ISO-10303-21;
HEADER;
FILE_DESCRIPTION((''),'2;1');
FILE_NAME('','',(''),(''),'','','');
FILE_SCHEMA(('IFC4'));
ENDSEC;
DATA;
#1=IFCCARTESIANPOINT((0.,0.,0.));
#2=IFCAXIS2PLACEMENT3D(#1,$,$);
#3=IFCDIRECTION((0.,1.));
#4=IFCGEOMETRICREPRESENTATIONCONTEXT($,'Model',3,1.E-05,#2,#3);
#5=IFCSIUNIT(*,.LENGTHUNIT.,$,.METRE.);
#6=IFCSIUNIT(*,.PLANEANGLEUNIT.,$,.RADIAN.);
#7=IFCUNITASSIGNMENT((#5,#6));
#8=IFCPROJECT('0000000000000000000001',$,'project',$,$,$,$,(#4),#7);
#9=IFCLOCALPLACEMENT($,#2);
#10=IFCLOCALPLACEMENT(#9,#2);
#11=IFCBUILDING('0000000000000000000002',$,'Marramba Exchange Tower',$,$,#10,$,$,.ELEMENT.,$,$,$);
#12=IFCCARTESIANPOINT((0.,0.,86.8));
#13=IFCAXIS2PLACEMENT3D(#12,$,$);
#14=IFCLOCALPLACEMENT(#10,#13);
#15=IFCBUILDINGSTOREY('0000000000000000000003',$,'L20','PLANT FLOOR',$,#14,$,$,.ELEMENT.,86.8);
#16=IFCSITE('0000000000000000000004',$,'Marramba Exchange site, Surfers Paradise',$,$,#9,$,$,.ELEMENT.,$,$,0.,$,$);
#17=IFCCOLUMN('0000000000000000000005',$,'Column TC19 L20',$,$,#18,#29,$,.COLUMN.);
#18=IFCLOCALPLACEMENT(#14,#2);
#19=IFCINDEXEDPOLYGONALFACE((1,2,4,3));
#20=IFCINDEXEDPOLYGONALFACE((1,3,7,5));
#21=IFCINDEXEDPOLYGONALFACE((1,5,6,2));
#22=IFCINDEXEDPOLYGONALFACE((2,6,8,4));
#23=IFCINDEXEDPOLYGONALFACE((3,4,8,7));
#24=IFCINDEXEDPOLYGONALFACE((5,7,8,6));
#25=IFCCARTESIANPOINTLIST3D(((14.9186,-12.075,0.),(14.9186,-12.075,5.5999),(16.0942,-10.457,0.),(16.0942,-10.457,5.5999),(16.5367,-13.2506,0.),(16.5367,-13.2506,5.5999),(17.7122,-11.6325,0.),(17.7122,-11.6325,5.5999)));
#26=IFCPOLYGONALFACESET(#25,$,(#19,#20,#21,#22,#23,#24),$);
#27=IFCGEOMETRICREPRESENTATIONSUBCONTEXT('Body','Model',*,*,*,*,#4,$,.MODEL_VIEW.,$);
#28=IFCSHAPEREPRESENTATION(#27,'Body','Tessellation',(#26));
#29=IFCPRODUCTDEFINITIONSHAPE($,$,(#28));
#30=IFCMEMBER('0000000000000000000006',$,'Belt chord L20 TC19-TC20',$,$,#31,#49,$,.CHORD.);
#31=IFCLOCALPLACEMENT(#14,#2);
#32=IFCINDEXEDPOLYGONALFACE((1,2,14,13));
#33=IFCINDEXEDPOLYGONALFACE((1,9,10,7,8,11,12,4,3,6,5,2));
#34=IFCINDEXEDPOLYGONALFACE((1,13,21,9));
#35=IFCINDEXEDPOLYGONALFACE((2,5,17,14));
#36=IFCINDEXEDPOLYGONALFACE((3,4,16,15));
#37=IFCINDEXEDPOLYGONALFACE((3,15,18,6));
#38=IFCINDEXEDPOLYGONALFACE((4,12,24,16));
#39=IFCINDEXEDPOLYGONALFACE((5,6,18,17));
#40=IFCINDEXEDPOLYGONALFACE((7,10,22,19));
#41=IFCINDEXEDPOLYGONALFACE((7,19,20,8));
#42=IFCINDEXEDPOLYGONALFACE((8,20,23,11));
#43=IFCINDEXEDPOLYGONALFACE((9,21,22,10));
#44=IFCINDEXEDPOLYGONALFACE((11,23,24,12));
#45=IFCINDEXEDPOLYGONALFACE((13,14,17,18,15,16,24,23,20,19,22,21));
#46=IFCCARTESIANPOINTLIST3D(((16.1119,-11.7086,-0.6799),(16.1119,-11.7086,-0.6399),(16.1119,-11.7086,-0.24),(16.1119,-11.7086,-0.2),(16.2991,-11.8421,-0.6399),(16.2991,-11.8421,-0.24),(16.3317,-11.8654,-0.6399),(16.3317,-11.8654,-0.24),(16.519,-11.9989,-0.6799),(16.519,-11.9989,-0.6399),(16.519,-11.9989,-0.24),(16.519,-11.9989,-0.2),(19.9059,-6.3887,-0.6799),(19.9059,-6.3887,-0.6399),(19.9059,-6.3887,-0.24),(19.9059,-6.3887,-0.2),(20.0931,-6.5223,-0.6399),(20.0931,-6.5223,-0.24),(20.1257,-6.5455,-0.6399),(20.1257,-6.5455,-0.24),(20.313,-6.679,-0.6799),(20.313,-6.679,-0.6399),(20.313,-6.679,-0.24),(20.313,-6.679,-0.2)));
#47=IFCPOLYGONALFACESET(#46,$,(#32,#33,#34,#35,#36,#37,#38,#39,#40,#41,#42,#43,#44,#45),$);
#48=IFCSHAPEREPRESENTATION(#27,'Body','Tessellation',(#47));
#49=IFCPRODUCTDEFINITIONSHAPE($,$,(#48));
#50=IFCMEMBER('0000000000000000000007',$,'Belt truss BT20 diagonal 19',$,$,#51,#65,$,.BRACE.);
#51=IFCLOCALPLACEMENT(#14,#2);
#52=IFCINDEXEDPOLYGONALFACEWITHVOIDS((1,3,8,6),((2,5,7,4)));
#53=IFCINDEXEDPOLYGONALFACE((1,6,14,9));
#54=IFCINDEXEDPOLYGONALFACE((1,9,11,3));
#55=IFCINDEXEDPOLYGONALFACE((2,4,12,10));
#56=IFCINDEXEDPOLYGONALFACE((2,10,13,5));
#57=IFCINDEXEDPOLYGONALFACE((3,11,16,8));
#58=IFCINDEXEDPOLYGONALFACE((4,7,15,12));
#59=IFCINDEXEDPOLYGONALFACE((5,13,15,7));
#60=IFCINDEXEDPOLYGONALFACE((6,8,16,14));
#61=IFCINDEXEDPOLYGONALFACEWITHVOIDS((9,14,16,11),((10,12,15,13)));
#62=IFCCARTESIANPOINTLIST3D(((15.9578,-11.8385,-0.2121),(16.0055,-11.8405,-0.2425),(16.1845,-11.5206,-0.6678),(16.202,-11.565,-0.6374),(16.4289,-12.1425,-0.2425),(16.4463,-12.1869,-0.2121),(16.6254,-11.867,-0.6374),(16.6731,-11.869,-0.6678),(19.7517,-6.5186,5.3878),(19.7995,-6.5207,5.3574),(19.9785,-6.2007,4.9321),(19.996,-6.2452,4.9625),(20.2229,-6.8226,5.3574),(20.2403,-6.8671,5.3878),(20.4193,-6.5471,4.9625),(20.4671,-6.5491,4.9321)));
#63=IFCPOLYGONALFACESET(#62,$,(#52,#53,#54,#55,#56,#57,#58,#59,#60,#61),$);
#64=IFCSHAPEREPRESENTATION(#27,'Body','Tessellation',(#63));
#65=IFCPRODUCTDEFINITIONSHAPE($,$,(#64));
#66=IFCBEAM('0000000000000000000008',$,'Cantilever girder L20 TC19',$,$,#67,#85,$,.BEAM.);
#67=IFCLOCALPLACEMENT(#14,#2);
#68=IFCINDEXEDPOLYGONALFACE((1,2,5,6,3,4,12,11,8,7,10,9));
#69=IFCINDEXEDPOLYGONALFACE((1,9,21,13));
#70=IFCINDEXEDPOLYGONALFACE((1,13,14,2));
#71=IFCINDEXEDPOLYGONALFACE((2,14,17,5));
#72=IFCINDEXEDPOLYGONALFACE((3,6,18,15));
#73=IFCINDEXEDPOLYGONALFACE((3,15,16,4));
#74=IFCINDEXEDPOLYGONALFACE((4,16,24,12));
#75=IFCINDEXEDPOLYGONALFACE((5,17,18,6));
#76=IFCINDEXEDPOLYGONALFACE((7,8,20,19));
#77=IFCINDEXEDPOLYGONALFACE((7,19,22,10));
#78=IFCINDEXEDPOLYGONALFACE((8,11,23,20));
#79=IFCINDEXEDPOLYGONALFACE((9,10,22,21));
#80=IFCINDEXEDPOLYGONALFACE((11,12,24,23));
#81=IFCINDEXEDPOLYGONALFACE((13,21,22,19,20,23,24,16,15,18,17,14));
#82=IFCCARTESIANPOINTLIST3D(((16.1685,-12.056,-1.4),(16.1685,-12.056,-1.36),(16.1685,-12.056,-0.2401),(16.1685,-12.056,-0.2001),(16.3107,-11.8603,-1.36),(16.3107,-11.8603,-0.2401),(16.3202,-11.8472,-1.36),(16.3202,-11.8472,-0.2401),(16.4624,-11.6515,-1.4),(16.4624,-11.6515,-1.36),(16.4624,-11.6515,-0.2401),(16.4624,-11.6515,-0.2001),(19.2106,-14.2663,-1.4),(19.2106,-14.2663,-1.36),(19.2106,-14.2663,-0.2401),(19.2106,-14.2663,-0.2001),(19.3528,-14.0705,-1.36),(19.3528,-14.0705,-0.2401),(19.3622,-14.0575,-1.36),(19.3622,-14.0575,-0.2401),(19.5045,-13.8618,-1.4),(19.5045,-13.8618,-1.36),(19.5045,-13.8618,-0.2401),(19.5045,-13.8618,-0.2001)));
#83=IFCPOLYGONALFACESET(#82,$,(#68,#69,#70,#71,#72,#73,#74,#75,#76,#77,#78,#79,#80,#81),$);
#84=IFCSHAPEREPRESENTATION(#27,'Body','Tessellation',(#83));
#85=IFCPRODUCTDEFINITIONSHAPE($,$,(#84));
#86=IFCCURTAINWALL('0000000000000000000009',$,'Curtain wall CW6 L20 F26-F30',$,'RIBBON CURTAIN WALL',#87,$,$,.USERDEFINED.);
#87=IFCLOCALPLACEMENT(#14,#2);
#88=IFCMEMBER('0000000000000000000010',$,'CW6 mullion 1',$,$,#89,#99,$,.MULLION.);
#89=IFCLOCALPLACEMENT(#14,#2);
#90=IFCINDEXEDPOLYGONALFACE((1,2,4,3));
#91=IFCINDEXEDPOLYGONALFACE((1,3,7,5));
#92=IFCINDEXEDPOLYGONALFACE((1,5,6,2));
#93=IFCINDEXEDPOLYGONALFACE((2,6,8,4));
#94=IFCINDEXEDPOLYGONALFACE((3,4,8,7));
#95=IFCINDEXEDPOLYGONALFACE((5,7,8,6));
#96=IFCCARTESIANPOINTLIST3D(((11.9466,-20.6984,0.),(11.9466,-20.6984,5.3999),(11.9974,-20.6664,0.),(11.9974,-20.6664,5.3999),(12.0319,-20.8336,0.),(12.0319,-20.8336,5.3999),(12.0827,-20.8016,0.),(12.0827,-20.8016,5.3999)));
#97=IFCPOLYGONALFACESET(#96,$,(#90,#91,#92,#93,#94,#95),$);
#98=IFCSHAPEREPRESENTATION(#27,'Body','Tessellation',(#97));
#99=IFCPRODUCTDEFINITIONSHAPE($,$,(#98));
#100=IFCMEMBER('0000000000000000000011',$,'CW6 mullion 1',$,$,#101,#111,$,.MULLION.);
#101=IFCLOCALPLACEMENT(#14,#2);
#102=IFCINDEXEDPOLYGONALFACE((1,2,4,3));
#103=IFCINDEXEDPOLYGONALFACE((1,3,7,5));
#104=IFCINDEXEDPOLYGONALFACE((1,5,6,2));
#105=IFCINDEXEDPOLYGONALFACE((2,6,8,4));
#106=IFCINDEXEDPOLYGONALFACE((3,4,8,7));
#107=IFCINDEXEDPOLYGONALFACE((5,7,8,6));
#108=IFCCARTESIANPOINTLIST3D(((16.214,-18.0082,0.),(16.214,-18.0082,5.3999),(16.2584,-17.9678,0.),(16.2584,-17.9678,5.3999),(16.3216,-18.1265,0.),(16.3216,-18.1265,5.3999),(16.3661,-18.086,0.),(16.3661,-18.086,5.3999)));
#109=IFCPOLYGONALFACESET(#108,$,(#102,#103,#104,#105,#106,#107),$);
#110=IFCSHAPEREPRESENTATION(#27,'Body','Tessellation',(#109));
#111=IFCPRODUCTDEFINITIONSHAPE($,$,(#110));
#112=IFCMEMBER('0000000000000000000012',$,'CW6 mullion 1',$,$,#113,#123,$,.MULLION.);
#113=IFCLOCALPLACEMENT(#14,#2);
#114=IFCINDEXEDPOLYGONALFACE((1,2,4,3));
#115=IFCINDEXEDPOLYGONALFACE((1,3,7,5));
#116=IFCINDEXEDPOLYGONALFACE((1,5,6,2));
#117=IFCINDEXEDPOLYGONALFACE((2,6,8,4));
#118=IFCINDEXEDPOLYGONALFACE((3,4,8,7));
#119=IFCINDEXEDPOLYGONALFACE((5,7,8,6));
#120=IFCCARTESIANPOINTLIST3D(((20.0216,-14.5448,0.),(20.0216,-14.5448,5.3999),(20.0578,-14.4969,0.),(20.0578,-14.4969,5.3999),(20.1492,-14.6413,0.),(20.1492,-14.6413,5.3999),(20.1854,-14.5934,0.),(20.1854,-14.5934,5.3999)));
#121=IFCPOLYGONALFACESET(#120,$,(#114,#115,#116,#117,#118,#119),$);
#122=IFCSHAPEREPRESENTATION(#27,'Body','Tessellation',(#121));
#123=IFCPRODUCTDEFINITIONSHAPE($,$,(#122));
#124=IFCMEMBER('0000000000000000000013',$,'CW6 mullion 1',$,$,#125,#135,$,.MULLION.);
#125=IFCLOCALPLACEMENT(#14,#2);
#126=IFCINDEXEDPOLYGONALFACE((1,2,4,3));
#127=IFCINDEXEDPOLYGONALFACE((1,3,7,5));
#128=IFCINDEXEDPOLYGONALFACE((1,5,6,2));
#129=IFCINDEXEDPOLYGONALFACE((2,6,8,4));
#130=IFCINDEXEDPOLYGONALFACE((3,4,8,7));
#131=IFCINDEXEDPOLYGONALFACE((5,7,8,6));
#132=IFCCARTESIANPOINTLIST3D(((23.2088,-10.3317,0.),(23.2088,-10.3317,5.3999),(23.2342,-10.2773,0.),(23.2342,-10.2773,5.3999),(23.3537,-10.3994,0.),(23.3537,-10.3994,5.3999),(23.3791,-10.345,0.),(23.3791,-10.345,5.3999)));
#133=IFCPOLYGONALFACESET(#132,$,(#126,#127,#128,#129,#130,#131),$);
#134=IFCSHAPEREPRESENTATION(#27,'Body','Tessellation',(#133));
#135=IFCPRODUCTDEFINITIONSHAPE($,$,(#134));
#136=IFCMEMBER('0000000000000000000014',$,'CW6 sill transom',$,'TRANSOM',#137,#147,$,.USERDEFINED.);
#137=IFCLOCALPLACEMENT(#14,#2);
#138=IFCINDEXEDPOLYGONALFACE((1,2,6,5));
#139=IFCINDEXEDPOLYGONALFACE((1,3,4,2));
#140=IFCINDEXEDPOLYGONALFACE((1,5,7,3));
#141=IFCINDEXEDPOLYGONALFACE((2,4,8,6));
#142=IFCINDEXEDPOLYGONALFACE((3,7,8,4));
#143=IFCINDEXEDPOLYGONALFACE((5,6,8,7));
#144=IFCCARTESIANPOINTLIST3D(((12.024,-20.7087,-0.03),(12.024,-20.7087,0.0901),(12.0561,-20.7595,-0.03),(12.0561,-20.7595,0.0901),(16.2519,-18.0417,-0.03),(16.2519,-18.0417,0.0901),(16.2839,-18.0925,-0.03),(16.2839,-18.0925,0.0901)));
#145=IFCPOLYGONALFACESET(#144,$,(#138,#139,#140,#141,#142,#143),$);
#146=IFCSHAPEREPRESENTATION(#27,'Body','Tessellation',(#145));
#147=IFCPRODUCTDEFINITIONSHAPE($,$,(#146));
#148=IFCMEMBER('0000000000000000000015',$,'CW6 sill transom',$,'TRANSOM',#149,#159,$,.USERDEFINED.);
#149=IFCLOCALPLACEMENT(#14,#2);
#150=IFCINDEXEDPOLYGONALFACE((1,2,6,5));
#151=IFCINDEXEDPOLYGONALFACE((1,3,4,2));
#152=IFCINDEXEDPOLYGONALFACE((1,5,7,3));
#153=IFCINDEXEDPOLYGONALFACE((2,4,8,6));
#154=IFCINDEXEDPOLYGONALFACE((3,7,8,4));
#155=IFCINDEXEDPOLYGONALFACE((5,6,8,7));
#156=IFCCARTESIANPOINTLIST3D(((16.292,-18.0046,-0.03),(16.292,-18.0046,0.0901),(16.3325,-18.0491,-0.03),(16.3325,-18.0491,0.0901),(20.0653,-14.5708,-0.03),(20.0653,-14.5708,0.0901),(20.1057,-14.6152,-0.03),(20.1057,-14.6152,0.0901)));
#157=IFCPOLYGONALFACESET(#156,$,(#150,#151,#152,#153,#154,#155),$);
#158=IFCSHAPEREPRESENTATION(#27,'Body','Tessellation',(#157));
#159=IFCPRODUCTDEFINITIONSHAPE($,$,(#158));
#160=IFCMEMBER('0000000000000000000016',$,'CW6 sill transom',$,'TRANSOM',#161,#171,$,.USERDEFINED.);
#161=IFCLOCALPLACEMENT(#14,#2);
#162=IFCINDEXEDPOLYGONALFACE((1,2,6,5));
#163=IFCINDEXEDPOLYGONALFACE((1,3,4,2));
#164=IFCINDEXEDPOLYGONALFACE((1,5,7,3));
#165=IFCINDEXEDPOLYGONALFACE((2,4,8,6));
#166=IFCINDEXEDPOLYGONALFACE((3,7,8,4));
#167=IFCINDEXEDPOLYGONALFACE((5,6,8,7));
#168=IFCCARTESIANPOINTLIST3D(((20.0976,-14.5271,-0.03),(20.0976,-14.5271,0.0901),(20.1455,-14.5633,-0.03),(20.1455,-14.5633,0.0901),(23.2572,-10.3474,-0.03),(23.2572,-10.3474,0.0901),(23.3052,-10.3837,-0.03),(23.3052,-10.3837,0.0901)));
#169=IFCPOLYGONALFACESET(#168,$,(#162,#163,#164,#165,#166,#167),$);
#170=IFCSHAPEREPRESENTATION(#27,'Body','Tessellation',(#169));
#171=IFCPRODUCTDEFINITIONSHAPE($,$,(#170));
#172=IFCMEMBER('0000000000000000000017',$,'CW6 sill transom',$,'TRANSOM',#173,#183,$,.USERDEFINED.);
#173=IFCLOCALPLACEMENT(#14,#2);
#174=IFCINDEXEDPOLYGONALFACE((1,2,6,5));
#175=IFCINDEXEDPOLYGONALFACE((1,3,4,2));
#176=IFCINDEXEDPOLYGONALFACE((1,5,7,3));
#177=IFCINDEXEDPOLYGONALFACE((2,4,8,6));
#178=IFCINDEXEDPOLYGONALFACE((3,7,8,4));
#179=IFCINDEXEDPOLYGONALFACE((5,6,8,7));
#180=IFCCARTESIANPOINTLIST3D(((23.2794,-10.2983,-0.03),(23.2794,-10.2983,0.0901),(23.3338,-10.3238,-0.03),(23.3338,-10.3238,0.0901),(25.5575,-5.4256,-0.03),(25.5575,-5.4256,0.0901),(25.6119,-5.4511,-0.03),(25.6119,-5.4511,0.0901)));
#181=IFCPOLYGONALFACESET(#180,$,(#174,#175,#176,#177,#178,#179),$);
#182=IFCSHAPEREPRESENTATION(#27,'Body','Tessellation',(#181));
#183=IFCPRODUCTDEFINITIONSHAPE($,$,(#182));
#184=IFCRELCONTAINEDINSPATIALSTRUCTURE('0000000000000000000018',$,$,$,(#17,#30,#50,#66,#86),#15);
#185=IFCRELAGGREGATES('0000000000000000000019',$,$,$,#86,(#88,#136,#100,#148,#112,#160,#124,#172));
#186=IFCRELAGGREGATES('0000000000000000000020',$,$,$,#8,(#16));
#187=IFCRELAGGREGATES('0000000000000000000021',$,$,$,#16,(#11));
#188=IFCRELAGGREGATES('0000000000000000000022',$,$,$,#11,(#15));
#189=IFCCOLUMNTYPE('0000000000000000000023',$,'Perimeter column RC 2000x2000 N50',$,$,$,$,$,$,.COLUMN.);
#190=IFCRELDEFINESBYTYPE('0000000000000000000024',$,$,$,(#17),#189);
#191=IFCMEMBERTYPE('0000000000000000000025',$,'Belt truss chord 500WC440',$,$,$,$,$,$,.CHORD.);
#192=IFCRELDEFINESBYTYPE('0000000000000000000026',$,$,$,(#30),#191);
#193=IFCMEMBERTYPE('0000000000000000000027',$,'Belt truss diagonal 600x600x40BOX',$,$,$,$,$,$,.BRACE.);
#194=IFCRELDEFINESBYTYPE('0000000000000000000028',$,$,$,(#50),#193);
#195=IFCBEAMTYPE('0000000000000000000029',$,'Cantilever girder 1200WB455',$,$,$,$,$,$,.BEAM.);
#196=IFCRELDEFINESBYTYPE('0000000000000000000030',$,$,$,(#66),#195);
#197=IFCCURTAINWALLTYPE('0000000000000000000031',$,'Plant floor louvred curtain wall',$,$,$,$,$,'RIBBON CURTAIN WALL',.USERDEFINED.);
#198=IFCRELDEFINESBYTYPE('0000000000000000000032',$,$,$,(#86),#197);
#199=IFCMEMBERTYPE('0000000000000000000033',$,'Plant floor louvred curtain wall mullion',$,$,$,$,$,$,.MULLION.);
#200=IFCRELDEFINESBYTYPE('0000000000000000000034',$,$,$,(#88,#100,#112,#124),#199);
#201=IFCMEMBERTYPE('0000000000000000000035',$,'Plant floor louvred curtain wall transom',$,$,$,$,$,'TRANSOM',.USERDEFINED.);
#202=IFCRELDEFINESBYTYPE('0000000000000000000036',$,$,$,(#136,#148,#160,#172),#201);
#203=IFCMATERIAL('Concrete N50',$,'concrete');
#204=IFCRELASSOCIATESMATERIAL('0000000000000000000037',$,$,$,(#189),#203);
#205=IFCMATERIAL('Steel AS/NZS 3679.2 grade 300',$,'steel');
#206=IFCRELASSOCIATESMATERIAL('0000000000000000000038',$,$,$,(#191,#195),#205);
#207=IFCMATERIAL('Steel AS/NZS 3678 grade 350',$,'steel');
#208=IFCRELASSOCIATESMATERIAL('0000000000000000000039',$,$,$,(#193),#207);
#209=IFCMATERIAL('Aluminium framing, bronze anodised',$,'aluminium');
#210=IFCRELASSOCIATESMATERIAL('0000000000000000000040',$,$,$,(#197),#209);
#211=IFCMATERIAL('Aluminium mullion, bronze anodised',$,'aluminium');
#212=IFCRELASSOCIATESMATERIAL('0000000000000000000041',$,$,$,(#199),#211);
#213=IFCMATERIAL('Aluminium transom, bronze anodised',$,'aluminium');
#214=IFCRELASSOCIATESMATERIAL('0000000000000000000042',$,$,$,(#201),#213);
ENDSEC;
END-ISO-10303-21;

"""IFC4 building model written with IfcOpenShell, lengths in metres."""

from ifc_helpers import new_model, si_unit, direction, frame, origin, origin_2d, place, context, subcontext, project, spatial, rectangle, hollow_rectangle, i_section, extrude, material, material_profile, profile_set, type_object, element, aggregate, save


model = new_model("IFC4")

# Units and contexts
model_context = context("Model", 3, precision=1e-05, world=origin(), true_north=direction((0.0, 1.0)))
body_context = subcontext(model_context, "Body", "Model", "MODEL_VIEW")
ifc_project = project(units=[si_unit("LENGTHUNIT", "METRE"), si_unit("PLANEANGLEUNIT", "RADIAN")], contexts=[model_context])

# Site, building, storey
site_placement = place(None, origin())
site = spatial("IfcSite", under=ifc_project, at=site_placement, Name="Marramba Exchange site, Surfers Paradise", CompositionType="ELEMENT", RefElevation=0.0)
building_placement = place(site_placement, origin())
building = spatial("IfcBuilding", under=site, at=building_placement, Name="Marramba Exchange Tower", CompositionType="ELEMENT")
storey_placement = place(building_placement, frame((0.0, 0.0, 86.8)))
storey = spatial("IfcBuildingStorey", under=building, at=storey_placement, Name="L20", Description="PLANT FLOOR", CompositionType="ELEMENT", Elevation=86.8)

# Column
ifc_material_1 = material(Name="Concrete N50", Category="concrete")
ifc_material_profile_1 = material_profile(ifc_material_1, rectangle(XDim=2.0, YDim=2.0, at=origin_2d()), Name="RC 2000x2000")
ifc_profile_set_1 = profile_set([ifc_material_profile_1], Name="Concrete N50")
column_type = type_object("IfcColumnType", Name="Perimeter column RC 2000x2000 N50", PredefinedType="COLUMN", material=ifc_profile_set_1)
column_placement = place(storey_placement, frame((16.3154, -11.8538, 0.0), z_axis=(0.0, 0.0, 1.0), x_axis=(0.809017, -0.587785, 0.0)))
element("IfcColumn", 1, at=column_placement, inside=storey, type_object=column_type, Name="Column TC19 L20", PredefinedType="COLUMN", context=body_context, shape_type="SweptSolid", body=[
    extrude(rectangle(XDim=2.0, YDim=2.0, at=origin_2d()), origin(), (0.0, 0.0, 1.0), 5.5999),
])

# Members
ifc_material_2 = material(Name="Steel AS/NZS 3679.2 grade 300", Category="steel")
ifc_material_profile_2 = material_profile(ifc_material_2, i_section(OverallWidth=0.5, OverallDepth=0.48, WebThickness=0.04, FlangeThickness=0.04, at=origin_2d()), Name="500WC440")
ifc_profile_set_2 = profile_set([ifc_material_profile_2], Name="Steel AS/NZS 3679.2 grade 300")
member_type_1 = type_object("IfcMemberType", Name="Belt truss chord 500WC440", PredefinedType="CHORD", material=ifc_profile_set_2)
member_1_placement = place(storey_placement, frame((16.3154, -11.8538, -0.4399), z_axis=(0.580637, 0.814162, 0.0), x_axis=(-0.814162, 0.580637, 0.0)))
element("IfcMember", 2, at=member_1_placement, inside=storey, type_object=member_type_1, Name="Belt chord L20 TC19-TC20", PredefinedType="CHORD", context=body_context, shape_type="SweptSolid", body=[
    extrude(i_section(OverallWidth=0.5, OverallDepth=0.48, WebThickness=0.04, FlangeThickness=0.04, at=origin_2d()), origin(), (0.0, 0.0, 1.0), 6.5342),
])
ifc_material_3 = material(Name="Steel AS/NZS 3678 grade 350", Category="steel")
ifc_material_profile_3 = material_profile(ifc_material_3, hollow_rectangle(XDim=0.6001, YDim=0.6001, WallThickness=0.04, at=origin_2d()), Name="600x600x40BOX")
ifc_profile_set_3 = profile_set([ifc_material_profile_3], Name="Steel AS/NZS 3678 grade 350")
member_type_2 = type_object("IfcMemberType", Name="Belt truss diagonal 600x600x40BOX", PredefinedType="BRACE", material=ifc_profile_set_3)
member_2_placement = place(storey_placement, frame((16.3154, -11.8538, -0.4399), z_axis=(0.44088, 0.618196, 0.650737), x_axis=(-0.814162, 0.580637, 0.0)))
element("IfcMember", 3, at=member_2_placement, inside=storey, type_object=member_type_2, Name="Belt truss BT20 diagonal 19", PredefinedType="BRACE", context=body_context, shape_type="SweptSolid", body=[
    extrude(hollow_rectangle(XDim=0.6001, YDim=0.6001, WallThickness=0.04, at=origin_2d()), origin(), (0.0, 0.0, 1.0), 8.6055),
])

# Beam
ifc_material_profile_4 = material_profile(ifc_material_2, i_section(OverallWidth=0.5, OverallDepth=1.2, WebThickness=0.0161, FlangeThickness=0.04, at=origin_2d()), Name="1200WB455")
ifc_profile_set_4 = profile_set([ifc_material_profile_4], Name="Steel AS/NZS 3679.2 grade 300")
beam_type_1 = type_object("IfcBeamType", Name="Cantilever girder 1200WB455", PredefinedType="BEAM", material=ifc_profile_set_4)
beam_1_placement = place(storey_placement, frame((16.3154, -11.8538, -0.8), z_axis=(0.809008, -0.587797, 0.0), x_axis=(0.587797, 0.809008, 0.0)))
element("IfcBeam", 4, at=beam_1_placement, inside=storey, type_object=beam_type_1, Name="Cantilever girder L20 TC19", PredefinedType="BEAM", context=body_context, shape_type="SweptSolid", body=[
    extrude(i_section(OverallWidth=0.5, OverallDepth=1.2, WebThickness=0.0161, FlangeThickness=0.04, at=origin_2d()), origin(), (0.0, 0.0, 1.0), 3.7603),
])

# Curtain wall, members
ifc_material_4 = material(Name="Aluminium framing, bronze anodised", Category="aluminium")
curtain_wall_type = type_object("IfcCurtainWallType", Name="Plant floor louvred curtain wall", ElementType="RIBBON CURTAIN WALL", PredefinedType="USERDEFINED", material=ifc_material_4)
curtain_wall_placement = place(storey_placement, origin())
curtain_wall = element("IfcCurtainWall", 5, at=curtain_wall_placement, inside=storey, type_object=curtain_wall_type, Name="Curtain wall CW6 L20 F26-F30", ObjectType="RIBBON CURTAIN WALL", PredefinedType="USERDEFINED")
ifc_material_5 = material(Name="Aluminium mullion, bronze anodised", Category="aluminium")
ifc_material_profile_5 = material_profile(ifc_material_5, rectangle(XDim=0.1599, YDim=0.0601, at=origin_2d()), Name="CW6 mullion 60x160")
ifc_profile_set_5 = profile_set([ifc_material_profile_5], Name="Aluminium mullion, bronze anodised")
member_type_3 = type_object("IfcMemberType", Name="Plant floor louvred curtain wall mullion", PredefinedType="MULLION", material=ifc_profile_set_5)
member_3_placement = place(storey_placement, frame((12.0146, -20.75, 0.0), z_axis=(0.0, 0.0, 1.0), x_axis=(-0.533515, 0.845791, 0.0)))
member_3 = element("IfcMember", 6, at=member_3_placement, type_object=member_type_3, Name="CW6 mullion 1", PredefinedType="MULLION", context=body_context, shape_type="SweptSolid", body=[
    extrude(rectangle(XDim=0.1599, YDim=0.0601, at=origin_2d()), origin(), (0.0, 0.0, 1.0), 5.3999),
])
member_4_placement = place(storey_placement, frame((16.29, -18.0471, 0.0), z_axis=(0.0, 0.0, 1.0), x_axis=(-0.673058, 0.73959, 0.0)))
member_4 = element("IfcMember", 7, at=member_4_placement, type_object=member_type_3, Name="CW6 mullion 1", PredefinedType="MULLION", context=body_context, shape_type="SweptSolid", body=[
    extrude(rectangle(XDim=0.1599, YDim=0.0601, at=origin_2d()), origin(), (0.0, 0.0, 1.0), 5.3999),
])
member_5_placement = place(storey_placement, frame((20.1035, -14.5691, 0.0), z_axis=(0.0, 0.0, 1.0), x_axis=(-0.797711, 0.60304, 0.0)))
member_5 = element("IfcMember", 8, at=member_5_placement, type_object=member_type_3, Name="CW6 mullion 1", PredefinedType="MULLION", context=body_context, shape_type="SweptSolid", body=[
    extrude(rectangle(XDim=0.1599, YDim=0.0601, at=origin_2d()), origin(), (0.0, 0.0, 1.0), 5.3999),
])
member_6_placement = place(storey_placement, frame((23.2939, -10.3384, 0.0), z_axis=(0.0, 0.0, 1.0), x_axis=(-0.905907, 0.423477, 0.0)))
member_6 = element("IfcMember", 9, at=member_6_placement, type_object=member_type_3, Name="CW6 mullion 1", PredefinedType="MULLION", context=body_context, shape_type="SweptSolid", body=[
    extrude(rectangle(XDim=0.1599, YDim=0.0601, at=origin_2d()), origin(), (0.0, 0.0, 1.0), 5.3999),
])
ifc_material_6 = material(Name="Aluminium transom, bronze anodised", Category="aluminium")
ifc_material_profile_6 = material_profile(ifc_material_6, rectangle(XDim=0.0601, YDim=0.1201, at=origin_2d()), Name="CW6 transom 60x120")
ifc_profile_set_6 = profile_set([ifc_material_profile_6], Name="Aluminium transom, bronze anodised")
member_type_4 = type_object("IfcMemberType", Name="Plant floor louvred curtain wall transom", ElementType="TRANSOM", PredefinedType="USERDEFINED", material=ifc_profile_set_6)
member_7_placement = place(storey_placement, frame((12.04, -20.7341, 0.03), z_axis=(0.845777, 0.533537, 0.0), x_axis=(-0.533537, 0.845777, 0.0)))
member_7 = element("IfcMember", 10, at=member_7_placement, type_object=member_type_4, Name="CW6 sill transom", ObjectType="TRANSOM", PredefinedType="USERDEFINED", context=body_context, shape_type="SweptSolid", body=[
    extrude(rectangle(XDim=0.0601, YDim=0.1201, at=origin_2d()), origin(), (0.0, 0.0, 1.0), 4.9988),
])
member_8_placement = place(storey_placement, frame((16.3123, -18.0269, 0.03), z_axis=(0.739583, 0.673066, 0.0), x_axis=(-0.673066, 0.739583, 0.0)))
member_8 = element("IfcMember", 11, at=member_8_placement, type_object=member_type_4, Name="CW6 sill transom", ObjectType="TRANSOM", PredefinedType="USERDEFINED", context=body_context, shape_type="SweptSolid", body=[
    extrude(rectangle(XDim=0.0601, YDim=0.1201, at=origin_2d()), origin(), (0.0, 0.0, 1.0), 5.1018),
])
member_9_placement = place(storey_placement, frame((20.1216, -14.5452, 0.03), z_axis=(0.603037, 0.797713, 0.0), x_axis=(-0.797713, 0.603037, 0.0)))
member_9 = element("IfcMember", 12, at=member_9_placement, type_object=member_type_4, Name="CW6 sill transom", ObjectType="TRANSOM", PredefinedType="USERDEFINED", context=body_context, shape_type="SweptSolid", body=[
    extrude(rectangle(XDim=0.0601, YDim=0.1201, at=origin_2d()), origin(), (0.0, 0.0, 1.0), 5.2395),
])
member_10_placement = place(storey_placement, frame((23.3066, -10.311, 0.03), z_axis=(0.423512, 0.905891, 0.0), x_axis=(-0.905891, 0.423512, 0.0)))
member_10 = element("IfcMember", 13, at=member_10_placement, type_object=member_type_4, Name="CW6 sill transom", ObjectType="TRANSOM", PredefinedType="USERDEFINED", context=body_context, shape_type="SweptSolid", body=[
    extrude(rectangle(XDim=0.0601, YDim=0.1201, at=origin_2d()), origin(), (0.0, 0.0, 1.0), 5.3789),
])

aggregate(curtain_wall, [member_3, member_7, member_4, member_8, member_5, member_9, member_6, member_10])

save(model, "model.ifc")
